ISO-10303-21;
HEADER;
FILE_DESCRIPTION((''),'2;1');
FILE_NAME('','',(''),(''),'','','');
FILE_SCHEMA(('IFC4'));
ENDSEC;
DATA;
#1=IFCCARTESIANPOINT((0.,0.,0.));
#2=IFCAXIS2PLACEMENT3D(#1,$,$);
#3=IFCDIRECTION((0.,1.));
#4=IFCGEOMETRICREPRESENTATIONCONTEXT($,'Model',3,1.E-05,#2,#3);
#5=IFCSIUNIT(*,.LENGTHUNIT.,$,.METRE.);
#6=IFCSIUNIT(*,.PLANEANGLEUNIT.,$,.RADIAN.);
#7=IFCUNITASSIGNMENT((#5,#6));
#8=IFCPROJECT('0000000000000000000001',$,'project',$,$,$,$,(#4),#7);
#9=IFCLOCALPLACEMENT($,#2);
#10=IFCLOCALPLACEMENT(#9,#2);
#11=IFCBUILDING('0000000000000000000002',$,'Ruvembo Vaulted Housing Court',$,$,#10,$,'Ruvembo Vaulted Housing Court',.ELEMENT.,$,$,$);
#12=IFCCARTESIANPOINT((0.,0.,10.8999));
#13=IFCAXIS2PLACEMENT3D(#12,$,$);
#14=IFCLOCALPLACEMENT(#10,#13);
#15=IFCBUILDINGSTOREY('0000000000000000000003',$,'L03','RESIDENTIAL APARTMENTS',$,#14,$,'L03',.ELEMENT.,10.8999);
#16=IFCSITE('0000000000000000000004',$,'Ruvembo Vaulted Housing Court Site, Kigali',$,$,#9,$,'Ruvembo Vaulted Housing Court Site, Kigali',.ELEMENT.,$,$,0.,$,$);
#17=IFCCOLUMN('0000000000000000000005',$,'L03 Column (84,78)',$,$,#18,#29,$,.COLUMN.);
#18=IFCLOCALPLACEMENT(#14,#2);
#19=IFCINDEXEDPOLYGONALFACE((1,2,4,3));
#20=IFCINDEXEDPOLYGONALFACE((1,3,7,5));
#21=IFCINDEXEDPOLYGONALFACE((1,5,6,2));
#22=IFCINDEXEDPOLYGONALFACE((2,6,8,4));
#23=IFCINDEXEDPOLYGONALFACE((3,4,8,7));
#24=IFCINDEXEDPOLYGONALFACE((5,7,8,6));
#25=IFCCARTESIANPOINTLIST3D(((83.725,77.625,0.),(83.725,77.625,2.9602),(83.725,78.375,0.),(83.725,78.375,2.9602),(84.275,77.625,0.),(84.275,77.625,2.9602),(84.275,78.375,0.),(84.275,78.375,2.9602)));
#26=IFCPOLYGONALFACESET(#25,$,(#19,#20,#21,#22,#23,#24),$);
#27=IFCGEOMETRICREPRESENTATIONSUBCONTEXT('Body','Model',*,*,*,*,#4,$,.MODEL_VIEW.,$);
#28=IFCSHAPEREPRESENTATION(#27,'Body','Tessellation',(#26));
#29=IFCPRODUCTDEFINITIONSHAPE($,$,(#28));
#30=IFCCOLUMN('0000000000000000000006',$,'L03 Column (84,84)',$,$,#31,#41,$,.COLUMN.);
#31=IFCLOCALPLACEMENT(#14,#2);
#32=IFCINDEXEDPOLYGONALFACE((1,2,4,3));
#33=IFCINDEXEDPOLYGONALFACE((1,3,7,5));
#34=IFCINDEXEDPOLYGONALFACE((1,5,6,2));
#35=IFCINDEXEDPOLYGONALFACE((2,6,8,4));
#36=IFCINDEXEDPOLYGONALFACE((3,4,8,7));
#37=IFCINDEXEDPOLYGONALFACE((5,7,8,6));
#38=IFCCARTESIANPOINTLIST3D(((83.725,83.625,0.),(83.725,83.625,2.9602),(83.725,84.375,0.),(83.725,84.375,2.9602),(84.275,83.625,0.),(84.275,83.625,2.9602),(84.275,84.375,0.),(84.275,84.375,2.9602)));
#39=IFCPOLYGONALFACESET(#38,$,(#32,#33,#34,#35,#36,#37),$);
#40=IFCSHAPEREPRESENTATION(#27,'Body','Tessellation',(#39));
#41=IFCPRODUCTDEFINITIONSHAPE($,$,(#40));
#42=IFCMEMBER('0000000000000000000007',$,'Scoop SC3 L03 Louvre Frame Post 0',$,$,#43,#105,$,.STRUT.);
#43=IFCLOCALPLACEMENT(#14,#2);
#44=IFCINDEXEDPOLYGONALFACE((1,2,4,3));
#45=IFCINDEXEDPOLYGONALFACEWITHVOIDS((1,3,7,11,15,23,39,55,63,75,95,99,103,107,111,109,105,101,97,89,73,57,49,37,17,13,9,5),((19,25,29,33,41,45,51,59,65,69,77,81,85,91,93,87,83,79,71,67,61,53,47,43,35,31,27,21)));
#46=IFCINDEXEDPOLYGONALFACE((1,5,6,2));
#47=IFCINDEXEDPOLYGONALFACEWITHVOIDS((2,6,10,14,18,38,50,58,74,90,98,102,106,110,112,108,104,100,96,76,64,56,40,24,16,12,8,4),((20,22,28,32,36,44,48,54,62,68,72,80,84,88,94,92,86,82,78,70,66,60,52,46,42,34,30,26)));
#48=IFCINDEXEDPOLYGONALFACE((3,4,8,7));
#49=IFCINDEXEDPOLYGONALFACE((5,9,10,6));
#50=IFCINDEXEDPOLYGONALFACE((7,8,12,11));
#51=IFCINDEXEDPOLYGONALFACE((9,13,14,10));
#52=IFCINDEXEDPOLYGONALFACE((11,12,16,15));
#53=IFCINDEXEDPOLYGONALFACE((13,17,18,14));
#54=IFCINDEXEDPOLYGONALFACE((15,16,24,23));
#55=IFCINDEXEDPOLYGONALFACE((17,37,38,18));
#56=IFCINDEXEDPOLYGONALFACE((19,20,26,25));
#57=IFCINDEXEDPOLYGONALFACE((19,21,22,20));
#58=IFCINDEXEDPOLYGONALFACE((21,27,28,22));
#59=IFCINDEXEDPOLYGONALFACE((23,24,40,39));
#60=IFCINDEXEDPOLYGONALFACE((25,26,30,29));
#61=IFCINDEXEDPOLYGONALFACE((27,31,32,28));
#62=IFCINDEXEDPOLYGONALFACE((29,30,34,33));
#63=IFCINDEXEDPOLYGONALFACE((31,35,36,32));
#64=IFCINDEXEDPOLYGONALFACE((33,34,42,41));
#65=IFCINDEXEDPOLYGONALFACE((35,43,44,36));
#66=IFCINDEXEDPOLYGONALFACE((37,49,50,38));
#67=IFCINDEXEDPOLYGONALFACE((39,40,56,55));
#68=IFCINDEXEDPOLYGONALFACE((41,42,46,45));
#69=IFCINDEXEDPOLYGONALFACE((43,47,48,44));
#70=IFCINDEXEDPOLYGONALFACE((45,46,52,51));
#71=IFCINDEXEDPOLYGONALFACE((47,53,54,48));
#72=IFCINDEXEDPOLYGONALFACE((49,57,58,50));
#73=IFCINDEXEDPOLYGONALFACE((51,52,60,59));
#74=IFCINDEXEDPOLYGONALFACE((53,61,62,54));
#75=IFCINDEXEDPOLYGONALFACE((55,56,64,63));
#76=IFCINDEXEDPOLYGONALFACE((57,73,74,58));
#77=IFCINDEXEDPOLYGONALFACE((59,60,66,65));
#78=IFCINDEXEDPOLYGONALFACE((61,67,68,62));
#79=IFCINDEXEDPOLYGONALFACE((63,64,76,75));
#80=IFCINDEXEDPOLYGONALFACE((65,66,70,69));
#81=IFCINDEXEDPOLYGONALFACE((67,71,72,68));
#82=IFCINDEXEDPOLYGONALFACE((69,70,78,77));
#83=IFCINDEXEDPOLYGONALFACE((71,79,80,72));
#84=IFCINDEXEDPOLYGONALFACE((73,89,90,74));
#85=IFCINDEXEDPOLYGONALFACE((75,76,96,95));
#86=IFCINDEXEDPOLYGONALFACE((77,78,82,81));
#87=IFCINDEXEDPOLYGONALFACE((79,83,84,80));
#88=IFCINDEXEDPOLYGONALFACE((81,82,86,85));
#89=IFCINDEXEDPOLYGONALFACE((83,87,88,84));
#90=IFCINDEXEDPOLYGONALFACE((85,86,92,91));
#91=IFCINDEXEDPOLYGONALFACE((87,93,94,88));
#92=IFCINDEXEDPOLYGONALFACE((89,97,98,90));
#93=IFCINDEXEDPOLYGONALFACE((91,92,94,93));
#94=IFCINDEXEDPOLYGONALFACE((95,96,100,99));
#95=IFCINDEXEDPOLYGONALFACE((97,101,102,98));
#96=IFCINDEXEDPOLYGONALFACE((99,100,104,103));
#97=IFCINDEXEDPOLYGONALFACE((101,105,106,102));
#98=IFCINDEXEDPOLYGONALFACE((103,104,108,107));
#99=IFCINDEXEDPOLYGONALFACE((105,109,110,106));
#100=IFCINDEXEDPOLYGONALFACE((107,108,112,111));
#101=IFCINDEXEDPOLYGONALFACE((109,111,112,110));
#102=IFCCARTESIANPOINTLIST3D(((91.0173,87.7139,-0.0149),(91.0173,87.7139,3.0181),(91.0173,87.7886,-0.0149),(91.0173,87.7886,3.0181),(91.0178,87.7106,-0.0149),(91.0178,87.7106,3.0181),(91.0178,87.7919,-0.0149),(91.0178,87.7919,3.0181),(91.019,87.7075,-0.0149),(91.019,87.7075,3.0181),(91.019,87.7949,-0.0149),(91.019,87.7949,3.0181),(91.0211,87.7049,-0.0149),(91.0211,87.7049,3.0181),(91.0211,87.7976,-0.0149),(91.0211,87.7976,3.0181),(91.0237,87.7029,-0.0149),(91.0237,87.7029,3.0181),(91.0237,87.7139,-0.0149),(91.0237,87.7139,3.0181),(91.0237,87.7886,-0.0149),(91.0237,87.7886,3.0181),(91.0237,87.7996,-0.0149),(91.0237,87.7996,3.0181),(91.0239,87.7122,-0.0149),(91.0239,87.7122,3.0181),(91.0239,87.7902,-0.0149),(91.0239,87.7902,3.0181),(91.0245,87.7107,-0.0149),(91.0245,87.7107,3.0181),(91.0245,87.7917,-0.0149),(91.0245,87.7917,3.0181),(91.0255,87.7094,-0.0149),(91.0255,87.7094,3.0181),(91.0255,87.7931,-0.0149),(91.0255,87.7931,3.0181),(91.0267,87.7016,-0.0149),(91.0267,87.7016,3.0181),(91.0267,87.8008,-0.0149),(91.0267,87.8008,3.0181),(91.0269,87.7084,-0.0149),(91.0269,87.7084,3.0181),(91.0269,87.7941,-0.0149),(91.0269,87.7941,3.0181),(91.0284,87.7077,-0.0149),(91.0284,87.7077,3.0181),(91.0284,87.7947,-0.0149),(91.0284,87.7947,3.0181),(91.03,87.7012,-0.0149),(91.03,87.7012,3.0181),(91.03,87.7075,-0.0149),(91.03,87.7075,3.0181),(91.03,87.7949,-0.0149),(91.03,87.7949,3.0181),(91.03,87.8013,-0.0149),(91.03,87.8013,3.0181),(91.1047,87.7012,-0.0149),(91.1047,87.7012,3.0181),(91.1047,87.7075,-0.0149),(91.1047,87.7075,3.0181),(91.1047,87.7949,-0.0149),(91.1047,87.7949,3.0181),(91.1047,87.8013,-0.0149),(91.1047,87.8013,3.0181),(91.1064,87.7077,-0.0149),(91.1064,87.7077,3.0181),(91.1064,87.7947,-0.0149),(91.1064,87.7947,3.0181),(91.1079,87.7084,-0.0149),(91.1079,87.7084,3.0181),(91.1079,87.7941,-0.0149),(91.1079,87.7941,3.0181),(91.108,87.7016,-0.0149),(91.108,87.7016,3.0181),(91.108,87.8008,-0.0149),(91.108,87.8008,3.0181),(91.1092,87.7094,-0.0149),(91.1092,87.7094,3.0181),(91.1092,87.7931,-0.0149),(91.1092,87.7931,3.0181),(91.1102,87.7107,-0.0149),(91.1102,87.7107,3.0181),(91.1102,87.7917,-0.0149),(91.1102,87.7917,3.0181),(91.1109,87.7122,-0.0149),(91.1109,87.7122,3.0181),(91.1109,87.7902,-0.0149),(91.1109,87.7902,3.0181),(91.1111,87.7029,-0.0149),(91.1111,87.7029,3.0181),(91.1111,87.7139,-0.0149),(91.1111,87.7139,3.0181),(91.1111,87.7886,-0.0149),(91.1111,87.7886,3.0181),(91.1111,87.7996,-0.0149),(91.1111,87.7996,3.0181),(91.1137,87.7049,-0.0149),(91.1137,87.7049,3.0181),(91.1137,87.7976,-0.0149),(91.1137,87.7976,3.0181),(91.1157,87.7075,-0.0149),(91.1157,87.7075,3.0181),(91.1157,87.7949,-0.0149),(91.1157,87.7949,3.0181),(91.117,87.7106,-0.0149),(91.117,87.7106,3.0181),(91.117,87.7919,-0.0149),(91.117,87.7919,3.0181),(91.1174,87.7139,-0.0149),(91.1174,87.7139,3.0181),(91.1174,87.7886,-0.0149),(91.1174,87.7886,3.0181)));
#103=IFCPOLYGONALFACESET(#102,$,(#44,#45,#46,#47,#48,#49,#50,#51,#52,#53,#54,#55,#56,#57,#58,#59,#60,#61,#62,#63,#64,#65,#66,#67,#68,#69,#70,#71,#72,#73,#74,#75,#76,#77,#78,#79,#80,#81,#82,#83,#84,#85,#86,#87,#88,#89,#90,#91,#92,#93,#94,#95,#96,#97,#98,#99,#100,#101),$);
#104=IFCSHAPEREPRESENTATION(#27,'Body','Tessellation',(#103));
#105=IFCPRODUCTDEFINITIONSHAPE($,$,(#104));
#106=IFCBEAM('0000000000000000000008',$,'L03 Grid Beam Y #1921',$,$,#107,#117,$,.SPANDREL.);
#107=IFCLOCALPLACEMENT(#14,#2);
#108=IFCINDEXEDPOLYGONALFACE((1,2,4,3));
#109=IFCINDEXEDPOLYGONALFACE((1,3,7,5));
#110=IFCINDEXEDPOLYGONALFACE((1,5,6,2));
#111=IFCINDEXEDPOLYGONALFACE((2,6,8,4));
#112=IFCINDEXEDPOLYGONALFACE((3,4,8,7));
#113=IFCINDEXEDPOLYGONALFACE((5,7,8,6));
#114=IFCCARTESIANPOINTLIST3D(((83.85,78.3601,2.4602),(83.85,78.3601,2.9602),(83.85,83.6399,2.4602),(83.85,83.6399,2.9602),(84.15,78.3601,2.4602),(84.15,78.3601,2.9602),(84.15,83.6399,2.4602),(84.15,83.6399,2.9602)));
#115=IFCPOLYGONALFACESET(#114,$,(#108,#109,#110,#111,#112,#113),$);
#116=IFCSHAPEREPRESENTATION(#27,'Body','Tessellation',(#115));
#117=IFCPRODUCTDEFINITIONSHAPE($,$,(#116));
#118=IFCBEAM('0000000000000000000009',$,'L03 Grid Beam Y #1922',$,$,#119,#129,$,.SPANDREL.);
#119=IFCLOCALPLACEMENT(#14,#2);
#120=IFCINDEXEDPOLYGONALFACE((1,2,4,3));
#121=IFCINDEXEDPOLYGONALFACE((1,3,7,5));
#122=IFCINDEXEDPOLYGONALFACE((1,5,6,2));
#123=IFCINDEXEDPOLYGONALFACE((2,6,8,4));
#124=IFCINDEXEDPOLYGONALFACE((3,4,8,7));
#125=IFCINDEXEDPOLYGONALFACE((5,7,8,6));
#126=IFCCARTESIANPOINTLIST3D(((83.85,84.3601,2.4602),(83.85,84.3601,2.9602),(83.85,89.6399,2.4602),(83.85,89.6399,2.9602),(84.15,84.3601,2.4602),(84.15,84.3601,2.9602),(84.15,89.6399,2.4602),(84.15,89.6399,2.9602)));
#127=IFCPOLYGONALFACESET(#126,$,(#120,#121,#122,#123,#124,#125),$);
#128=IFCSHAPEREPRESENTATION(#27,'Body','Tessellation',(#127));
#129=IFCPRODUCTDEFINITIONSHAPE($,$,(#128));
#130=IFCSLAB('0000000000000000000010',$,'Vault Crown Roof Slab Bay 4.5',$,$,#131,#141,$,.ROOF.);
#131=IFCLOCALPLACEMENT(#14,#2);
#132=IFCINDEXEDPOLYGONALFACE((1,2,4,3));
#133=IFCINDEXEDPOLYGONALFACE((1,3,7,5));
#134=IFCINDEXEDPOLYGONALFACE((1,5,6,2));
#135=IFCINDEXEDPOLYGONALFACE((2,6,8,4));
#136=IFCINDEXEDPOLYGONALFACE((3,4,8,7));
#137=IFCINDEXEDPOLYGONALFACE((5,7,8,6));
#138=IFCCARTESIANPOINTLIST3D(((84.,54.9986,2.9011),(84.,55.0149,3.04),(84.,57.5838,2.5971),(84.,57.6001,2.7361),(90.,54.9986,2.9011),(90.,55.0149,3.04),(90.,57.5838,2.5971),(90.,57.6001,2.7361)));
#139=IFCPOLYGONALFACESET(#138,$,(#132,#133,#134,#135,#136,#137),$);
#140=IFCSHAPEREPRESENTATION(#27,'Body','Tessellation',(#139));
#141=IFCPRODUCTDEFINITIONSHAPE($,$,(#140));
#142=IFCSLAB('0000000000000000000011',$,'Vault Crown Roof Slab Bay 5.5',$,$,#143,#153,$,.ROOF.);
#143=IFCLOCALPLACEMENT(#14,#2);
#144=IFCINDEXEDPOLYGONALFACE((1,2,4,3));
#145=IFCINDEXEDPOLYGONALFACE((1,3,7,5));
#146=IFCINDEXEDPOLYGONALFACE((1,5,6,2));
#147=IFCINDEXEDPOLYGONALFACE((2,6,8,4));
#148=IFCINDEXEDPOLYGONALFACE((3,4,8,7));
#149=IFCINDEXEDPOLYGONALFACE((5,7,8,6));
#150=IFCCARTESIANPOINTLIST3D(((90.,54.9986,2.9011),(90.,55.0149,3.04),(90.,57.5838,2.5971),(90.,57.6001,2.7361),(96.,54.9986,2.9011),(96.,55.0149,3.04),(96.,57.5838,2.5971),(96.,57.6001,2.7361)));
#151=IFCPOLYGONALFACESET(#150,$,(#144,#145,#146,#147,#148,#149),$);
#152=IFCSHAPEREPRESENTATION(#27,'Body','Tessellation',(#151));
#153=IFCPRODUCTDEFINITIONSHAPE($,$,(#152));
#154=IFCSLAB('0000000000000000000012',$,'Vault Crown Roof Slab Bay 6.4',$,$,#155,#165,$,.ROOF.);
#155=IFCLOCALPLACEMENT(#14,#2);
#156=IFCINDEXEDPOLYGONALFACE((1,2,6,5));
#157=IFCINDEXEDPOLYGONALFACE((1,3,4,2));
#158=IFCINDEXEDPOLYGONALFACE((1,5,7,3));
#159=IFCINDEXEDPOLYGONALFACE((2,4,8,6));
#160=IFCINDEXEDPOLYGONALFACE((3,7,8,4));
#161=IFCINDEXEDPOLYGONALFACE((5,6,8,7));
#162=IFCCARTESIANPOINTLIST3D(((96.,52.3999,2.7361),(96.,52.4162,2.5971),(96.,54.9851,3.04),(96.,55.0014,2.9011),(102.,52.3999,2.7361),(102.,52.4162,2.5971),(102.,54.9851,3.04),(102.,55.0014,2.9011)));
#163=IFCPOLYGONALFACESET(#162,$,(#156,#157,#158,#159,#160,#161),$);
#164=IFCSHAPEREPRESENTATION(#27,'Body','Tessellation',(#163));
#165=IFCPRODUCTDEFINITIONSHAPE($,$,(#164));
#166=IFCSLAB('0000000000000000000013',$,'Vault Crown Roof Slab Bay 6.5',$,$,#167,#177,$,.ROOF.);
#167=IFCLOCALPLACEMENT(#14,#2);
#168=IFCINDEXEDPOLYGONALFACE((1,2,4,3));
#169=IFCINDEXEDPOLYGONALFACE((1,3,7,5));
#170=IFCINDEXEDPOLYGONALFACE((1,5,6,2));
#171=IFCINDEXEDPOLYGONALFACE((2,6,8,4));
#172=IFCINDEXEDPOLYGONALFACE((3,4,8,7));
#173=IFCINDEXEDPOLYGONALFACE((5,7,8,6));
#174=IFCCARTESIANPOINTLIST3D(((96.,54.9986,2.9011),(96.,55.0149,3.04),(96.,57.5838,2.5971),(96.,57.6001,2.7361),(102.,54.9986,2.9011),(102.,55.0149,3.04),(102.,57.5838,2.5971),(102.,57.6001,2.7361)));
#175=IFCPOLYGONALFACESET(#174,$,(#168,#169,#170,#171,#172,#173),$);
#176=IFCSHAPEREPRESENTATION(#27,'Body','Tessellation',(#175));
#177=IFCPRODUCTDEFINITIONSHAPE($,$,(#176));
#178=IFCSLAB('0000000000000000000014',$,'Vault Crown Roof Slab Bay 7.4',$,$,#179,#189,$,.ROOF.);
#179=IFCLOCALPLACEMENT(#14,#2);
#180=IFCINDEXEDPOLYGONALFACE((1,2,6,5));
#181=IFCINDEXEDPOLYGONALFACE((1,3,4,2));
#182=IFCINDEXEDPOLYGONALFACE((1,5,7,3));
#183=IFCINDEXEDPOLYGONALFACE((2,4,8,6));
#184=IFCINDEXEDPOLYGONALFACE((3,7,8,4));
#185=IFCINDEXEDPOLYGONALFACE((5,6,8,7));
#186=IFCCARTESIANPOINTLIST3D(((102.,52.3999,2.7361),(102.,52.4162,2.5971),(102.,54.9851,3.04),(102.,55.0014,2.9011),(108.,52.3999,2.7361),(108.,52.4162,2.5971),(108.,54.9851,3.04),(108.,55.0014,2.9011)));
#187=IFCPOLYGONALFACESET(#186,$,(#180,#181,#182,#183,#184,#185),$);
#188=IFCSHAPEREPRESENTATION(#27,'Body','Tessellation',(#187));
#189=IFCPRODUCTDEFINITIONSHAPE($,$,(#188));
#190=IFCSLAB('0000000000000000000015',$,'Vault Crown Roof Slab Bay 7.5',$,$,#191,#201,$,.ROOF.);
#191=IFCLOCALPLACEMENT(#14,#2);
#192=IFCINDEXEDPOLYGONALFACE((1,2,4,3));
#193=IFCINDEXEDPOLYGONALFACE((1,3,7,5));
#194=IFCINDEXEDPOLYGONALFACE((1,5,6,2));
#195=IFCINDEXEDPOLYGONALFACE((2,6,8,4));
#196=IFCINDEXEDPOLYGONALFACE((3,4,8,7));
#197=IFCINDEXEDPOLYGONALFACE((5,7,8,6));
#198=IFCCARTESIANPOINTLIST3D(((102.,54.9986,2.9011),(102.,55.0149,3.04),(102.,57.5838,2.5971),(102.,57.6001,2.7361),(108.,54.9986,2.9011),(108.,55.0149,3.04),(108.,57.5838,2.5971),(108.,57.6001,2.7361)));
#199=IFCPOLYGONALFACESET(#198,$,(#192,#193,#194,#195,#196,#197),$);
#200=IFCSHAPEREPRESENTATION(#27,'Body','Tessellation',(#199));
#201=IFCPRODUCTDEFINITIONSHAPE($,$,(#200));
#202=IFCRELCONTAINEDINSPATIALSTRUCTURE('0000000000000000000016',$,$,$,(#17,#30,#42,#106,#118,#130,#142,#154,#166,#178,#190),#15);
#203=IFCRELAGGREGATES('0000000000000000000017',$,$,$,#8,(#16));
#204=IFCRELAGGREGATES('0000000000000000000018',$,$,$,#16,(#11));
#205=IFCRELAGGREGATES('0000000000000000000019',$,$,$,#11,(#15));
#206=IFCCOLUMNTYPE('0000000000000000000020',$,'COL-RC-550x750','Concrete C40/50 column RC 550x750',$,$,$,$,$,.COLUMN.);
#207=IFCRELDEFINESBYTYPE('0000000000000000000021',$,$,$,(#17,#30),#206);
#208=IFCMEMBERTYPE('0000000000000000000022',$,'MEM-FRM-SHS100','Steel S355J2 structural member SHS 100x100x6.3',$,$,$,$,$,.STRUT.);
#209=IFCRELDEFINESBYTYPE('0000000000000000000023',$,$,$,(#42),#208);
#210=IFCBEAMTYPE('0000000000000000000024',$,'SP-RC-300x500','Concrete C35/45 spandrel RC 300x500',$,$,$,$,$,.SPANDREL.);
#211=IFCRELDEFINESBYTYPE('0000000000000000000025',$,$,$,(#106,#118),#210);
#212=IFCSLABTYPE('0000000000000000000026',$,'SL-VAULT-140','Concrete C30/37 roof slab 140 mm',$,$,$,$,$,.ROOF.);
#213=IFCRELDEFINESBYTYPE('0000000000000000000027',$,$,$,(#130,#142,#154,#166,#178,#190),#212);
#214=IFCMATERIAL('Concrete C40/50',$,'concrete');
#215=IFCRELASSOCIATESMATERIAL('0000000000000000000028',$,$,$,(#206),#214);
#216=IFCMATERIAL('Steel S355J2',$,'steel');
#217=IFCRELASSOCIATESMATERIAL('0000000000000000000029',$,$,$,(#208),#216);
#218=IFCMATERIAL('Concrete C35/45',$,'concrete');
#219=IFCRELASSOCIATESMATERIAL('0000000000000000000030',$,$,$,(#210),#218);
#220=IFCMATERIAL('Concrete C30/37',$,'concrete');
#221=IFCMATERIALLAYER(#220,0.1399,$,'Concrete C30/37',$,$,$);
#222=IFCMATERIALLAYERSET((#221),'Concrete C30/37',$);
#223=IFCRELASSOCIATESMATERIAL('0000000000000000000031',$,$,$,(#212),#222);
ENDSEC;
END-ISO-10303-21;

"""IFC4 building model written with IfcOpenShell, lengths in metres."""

from ifc_helpers import new_model, si_unit, direction, frame, origin, origin_2d, place, context, subcontext, project, spatial, polyline, rectangle, hollow_rectangle, outline, extrude, material, layer, layer_set, material_profile, profile_set, type_object, element, save


model = new_model("IFC4")

# Units and contexts
model_context = context("Model", 3, precision=1e-05, world=origin(), true_north=direction((0.0, 1.0)))
body_context = subcontext(model_context, "Body", "Model", "MODEL_VIEW")
ifc_project = project(units=[si_unit("LENGTHUNIT", "METRE"), si_unit("PLANEANGLEUNIT", "RADIAN")], contexts=[model_context])

# Site, building, storey
site_placement = place(None, origin())
site = spatial("IfcSite", under=ifc_project, at=site_placement, Name="Ruvembo Vaulted Housing Court Site, Kigali", LongName="Ruvembo Vaulted Housing Court Site, Kigali", CompositionType="ELEMENT", RefElevation=0.0)
building_placement = place(site_placement, origin())
building = spatial("IfcBuilding", under=site, at=building_placement, Name="Ruvembo Vaulted Housing Court", LongName="Ruvembo Vaulted Housing Court", CompositionType="ELEMENT")
storey_placement = place(building_placement, frame((0.0, 0.0, 10.8999)))
storey = spatial("IfcBuildingStorey", under=building, at=storey_placement, Name="L03", Description="RESIDENTIAL APARTMENTS", LongName="L03", CompositionType="ELEMENT", Elevation=10.8999)

# Columns
ifc_material_1 = material(Name="Concrete C40/50", Category="concrete")
ifc_material_profile_1 = material_profile(ifc_material_1, rectangle(XDim=0.55, YDim=0.75, at=origin_2d()), Name="RC 550x750")
ifc_profile_set_1 = profile_set([ifc_material_profile_1], Name="Concrete C40/50")
column_type = type_object("IfcColumnType", Name="COL-RC-550x750", Description="Concrete C40/50 column RC 550x750", PredefinedType="COLUMN", material=ifc_profile_set_1)
for number, where, z_axis, x_axis, name in (
    (1, (84.0, 78.0, 0.0), (0.0, 0.0, 1.0), (1.0, 0.0, 0.0), "L03 Column (84,78)"),
    (2, (84.0, 84.0, 0.0), (0.0, 0.0, 1.0), (1.0, 0.0, 0.0), "L03 Column (84,84)"),
):
    element("IfcColumn", number, at=place(storey_placement, frame(where, z_axis=z_axis, x_axis=x_axis)), inside=storey, type_object=column_type, Name=name, PredefinedType="COLUMN", context=body_context, shape_type="SweptSolid", body=[
        extrude(rectangle(XDim=0.55, YDim=0.75, at=origin_2d()), origin(), (0.0, 0.0, 1.0), 2.9602),
    ])

# Member
ifc_material_2 = material(Name="Steel S355J2", Category="steel")
ifc_material_profile_2 = material_profile(ifc_material_2, hollow_rectangle(XDim=0.1001, YDim=0.1001, WallThickness=0.0063, InnerFilletRadius=0.0063, OuterFilletRadius=0.0127, at=origin_2d()), Name="SHS 100x100x6.3")
ifc_profile_set_2 = profile_set([ifc_material_profile_2], Name="Steel S355J2")
member_type = type_object("IfcMemberType", Name="MEM-FRM-SHS100", Description="Steel S355J2 structural member SHS 100x100x6.3", PredefinedType="STRUT", material=ifc_profile_set_2)
member_placement = place(storey_placement, frame((91.0674, 87.7512, -0.0149), z_axis=(0.0, 0.0, 1.0), x_axis=(1.0, 0.0, 0.0)))
element("IfcMember", 3, at=member_placement, inside=storey, type_object=member_type, Name="Scoop SC3 L03 Louvre Frame Post 0", PredefinedType="STRUT", context=body_context, shape_type="SweptSolid", body=[
    extrude(hollow_rectangle(XDim=0.1001, YDim=0.1001, WallThickness=0.0063, InnerFilletRadius=0.0063, OuterFilletRadius=0.0127, at=origin_2d()), origin(), (0.0, 0.0, 1.0), 3.033),
])

# Beams
ifc_material_3 = material(Name="Concrete C35/45", Category="concrete")
ifc_material_profile_3 = material_profile(ifc_material_3, rectangle(XDim=0.3, YDim=0.5, at=origin_2d()), Name="RC 300x500")
ifc_profile_set_3 = profile_set([ifc_material_profile_3], Name="Concrete C35/45")
beam_type = type_object("IfcBeamType", Name="SP-RC-300x500", Description="Concrete C35/45 spandrel RC 300x500", PredefinedType="SPANDREL", material=ifc_profile_set_3)
for number, where, z_axis, x_axis, name in (
    (4, (84.0, 78.3601, 2.7102), (0.0, 1.0, 0.0), (-1.0, 0.0, 0.0), "L03 Grid Beam Y #1921"),
    (5, (84.0, 84.3601, 2.7102), (0.0, 1.0, 0.0), (-1.0, 0.0, 0.0), "L03 Grid Beam Y #1922"),
):
    element("IfcBeam", number, at=place(storey_placement, frame(where, z_axis=z_axis, x_axis=x_axis)), inside=storey, type_object=beam_type, Name=name, PredefinedType="SPANDREL", context=body_context, shape_type="SweptSolid", body=[
        extrude(rectangle(XDim=0.3, YDim=0.5, at=origin_2d()), origin(), (0.0, 0.0, 1.0), 5.2798),
    ])

# Slabs
ifc_material_4 = material(Name="Concrete C30/37", Category="concrete")
ifc_layer_1 = layer(ifc_material_4, 0.1399, Name="Concrete C30/37")
ifc_layer_set_1 = layer_set([ifc_layer_1], Name="Concrete C30/37")
slab_type = type_object("IfcSlabType", Name="SL-VAULT-140", Description="Concrete C30/37 roof slab 140 mm", PredefinedType="ROOF", material=ifc_layer_set_1)
for number, where, z_axis, x_axis, name in (
    (6, (84.0, 55.0149, 3.04), (0.0, 0.116771, 0.993159), (1.0, 0.0, 0.0), "Vault Crown Roof Slab Bay 4.5"),
    (7, (90.0, 55.0149, 3.04), (0.0, 0.116771, 0.993159), (1.0, 0.0, 0.0), "Vault Crown Roof Slab Bay 5.5"),
    (8, (96.0, 52.3999, 2.7361), (0.0, -0.116771, 0.993159), (1.0, 0.0, 0.0), "Vault Crown Roof Slab Bay 6.4"),
    (9, (96.0, 55.0149, 3.04), (0.0, 0.116771, 0.993159), (1.0, 0.0, 0.0), "Vault Crown Roof Slab Bay 6.5"),
    (10, (102.0, 52.3999, 2.7361), (0.0, -0.116771, 0.993159), (1.0, 0.0, 0.0), "Vault Crown Roof Slab Bay 7.4"),
    (11, (102.0, 55.0149, 3.04), (0.0, 0.116771, 0.993159), (1.0, 0.0, 0.0), "Vault Crown Roof Slab Bay 7.5"),
):
    element("IfcSlab", number, at=place(storey_placement, frame(where, z_axis=z_axis, x_axis=x_axis)), inside=storey, type_object=slab_type, Name=name, PredefinedType="ROOF", context=body_context, shape_type="SweptSolid", body=[
        extrude(outline(polyline([(0.0, 0.0), (6.0, 0.0), (6.0, 2.603), (0.0, 2.603), (0.0, 0.0)])), origin(), (0.0, 0.0, -1.0), 0.1399),
    ])

save(model, "model.ifc")
